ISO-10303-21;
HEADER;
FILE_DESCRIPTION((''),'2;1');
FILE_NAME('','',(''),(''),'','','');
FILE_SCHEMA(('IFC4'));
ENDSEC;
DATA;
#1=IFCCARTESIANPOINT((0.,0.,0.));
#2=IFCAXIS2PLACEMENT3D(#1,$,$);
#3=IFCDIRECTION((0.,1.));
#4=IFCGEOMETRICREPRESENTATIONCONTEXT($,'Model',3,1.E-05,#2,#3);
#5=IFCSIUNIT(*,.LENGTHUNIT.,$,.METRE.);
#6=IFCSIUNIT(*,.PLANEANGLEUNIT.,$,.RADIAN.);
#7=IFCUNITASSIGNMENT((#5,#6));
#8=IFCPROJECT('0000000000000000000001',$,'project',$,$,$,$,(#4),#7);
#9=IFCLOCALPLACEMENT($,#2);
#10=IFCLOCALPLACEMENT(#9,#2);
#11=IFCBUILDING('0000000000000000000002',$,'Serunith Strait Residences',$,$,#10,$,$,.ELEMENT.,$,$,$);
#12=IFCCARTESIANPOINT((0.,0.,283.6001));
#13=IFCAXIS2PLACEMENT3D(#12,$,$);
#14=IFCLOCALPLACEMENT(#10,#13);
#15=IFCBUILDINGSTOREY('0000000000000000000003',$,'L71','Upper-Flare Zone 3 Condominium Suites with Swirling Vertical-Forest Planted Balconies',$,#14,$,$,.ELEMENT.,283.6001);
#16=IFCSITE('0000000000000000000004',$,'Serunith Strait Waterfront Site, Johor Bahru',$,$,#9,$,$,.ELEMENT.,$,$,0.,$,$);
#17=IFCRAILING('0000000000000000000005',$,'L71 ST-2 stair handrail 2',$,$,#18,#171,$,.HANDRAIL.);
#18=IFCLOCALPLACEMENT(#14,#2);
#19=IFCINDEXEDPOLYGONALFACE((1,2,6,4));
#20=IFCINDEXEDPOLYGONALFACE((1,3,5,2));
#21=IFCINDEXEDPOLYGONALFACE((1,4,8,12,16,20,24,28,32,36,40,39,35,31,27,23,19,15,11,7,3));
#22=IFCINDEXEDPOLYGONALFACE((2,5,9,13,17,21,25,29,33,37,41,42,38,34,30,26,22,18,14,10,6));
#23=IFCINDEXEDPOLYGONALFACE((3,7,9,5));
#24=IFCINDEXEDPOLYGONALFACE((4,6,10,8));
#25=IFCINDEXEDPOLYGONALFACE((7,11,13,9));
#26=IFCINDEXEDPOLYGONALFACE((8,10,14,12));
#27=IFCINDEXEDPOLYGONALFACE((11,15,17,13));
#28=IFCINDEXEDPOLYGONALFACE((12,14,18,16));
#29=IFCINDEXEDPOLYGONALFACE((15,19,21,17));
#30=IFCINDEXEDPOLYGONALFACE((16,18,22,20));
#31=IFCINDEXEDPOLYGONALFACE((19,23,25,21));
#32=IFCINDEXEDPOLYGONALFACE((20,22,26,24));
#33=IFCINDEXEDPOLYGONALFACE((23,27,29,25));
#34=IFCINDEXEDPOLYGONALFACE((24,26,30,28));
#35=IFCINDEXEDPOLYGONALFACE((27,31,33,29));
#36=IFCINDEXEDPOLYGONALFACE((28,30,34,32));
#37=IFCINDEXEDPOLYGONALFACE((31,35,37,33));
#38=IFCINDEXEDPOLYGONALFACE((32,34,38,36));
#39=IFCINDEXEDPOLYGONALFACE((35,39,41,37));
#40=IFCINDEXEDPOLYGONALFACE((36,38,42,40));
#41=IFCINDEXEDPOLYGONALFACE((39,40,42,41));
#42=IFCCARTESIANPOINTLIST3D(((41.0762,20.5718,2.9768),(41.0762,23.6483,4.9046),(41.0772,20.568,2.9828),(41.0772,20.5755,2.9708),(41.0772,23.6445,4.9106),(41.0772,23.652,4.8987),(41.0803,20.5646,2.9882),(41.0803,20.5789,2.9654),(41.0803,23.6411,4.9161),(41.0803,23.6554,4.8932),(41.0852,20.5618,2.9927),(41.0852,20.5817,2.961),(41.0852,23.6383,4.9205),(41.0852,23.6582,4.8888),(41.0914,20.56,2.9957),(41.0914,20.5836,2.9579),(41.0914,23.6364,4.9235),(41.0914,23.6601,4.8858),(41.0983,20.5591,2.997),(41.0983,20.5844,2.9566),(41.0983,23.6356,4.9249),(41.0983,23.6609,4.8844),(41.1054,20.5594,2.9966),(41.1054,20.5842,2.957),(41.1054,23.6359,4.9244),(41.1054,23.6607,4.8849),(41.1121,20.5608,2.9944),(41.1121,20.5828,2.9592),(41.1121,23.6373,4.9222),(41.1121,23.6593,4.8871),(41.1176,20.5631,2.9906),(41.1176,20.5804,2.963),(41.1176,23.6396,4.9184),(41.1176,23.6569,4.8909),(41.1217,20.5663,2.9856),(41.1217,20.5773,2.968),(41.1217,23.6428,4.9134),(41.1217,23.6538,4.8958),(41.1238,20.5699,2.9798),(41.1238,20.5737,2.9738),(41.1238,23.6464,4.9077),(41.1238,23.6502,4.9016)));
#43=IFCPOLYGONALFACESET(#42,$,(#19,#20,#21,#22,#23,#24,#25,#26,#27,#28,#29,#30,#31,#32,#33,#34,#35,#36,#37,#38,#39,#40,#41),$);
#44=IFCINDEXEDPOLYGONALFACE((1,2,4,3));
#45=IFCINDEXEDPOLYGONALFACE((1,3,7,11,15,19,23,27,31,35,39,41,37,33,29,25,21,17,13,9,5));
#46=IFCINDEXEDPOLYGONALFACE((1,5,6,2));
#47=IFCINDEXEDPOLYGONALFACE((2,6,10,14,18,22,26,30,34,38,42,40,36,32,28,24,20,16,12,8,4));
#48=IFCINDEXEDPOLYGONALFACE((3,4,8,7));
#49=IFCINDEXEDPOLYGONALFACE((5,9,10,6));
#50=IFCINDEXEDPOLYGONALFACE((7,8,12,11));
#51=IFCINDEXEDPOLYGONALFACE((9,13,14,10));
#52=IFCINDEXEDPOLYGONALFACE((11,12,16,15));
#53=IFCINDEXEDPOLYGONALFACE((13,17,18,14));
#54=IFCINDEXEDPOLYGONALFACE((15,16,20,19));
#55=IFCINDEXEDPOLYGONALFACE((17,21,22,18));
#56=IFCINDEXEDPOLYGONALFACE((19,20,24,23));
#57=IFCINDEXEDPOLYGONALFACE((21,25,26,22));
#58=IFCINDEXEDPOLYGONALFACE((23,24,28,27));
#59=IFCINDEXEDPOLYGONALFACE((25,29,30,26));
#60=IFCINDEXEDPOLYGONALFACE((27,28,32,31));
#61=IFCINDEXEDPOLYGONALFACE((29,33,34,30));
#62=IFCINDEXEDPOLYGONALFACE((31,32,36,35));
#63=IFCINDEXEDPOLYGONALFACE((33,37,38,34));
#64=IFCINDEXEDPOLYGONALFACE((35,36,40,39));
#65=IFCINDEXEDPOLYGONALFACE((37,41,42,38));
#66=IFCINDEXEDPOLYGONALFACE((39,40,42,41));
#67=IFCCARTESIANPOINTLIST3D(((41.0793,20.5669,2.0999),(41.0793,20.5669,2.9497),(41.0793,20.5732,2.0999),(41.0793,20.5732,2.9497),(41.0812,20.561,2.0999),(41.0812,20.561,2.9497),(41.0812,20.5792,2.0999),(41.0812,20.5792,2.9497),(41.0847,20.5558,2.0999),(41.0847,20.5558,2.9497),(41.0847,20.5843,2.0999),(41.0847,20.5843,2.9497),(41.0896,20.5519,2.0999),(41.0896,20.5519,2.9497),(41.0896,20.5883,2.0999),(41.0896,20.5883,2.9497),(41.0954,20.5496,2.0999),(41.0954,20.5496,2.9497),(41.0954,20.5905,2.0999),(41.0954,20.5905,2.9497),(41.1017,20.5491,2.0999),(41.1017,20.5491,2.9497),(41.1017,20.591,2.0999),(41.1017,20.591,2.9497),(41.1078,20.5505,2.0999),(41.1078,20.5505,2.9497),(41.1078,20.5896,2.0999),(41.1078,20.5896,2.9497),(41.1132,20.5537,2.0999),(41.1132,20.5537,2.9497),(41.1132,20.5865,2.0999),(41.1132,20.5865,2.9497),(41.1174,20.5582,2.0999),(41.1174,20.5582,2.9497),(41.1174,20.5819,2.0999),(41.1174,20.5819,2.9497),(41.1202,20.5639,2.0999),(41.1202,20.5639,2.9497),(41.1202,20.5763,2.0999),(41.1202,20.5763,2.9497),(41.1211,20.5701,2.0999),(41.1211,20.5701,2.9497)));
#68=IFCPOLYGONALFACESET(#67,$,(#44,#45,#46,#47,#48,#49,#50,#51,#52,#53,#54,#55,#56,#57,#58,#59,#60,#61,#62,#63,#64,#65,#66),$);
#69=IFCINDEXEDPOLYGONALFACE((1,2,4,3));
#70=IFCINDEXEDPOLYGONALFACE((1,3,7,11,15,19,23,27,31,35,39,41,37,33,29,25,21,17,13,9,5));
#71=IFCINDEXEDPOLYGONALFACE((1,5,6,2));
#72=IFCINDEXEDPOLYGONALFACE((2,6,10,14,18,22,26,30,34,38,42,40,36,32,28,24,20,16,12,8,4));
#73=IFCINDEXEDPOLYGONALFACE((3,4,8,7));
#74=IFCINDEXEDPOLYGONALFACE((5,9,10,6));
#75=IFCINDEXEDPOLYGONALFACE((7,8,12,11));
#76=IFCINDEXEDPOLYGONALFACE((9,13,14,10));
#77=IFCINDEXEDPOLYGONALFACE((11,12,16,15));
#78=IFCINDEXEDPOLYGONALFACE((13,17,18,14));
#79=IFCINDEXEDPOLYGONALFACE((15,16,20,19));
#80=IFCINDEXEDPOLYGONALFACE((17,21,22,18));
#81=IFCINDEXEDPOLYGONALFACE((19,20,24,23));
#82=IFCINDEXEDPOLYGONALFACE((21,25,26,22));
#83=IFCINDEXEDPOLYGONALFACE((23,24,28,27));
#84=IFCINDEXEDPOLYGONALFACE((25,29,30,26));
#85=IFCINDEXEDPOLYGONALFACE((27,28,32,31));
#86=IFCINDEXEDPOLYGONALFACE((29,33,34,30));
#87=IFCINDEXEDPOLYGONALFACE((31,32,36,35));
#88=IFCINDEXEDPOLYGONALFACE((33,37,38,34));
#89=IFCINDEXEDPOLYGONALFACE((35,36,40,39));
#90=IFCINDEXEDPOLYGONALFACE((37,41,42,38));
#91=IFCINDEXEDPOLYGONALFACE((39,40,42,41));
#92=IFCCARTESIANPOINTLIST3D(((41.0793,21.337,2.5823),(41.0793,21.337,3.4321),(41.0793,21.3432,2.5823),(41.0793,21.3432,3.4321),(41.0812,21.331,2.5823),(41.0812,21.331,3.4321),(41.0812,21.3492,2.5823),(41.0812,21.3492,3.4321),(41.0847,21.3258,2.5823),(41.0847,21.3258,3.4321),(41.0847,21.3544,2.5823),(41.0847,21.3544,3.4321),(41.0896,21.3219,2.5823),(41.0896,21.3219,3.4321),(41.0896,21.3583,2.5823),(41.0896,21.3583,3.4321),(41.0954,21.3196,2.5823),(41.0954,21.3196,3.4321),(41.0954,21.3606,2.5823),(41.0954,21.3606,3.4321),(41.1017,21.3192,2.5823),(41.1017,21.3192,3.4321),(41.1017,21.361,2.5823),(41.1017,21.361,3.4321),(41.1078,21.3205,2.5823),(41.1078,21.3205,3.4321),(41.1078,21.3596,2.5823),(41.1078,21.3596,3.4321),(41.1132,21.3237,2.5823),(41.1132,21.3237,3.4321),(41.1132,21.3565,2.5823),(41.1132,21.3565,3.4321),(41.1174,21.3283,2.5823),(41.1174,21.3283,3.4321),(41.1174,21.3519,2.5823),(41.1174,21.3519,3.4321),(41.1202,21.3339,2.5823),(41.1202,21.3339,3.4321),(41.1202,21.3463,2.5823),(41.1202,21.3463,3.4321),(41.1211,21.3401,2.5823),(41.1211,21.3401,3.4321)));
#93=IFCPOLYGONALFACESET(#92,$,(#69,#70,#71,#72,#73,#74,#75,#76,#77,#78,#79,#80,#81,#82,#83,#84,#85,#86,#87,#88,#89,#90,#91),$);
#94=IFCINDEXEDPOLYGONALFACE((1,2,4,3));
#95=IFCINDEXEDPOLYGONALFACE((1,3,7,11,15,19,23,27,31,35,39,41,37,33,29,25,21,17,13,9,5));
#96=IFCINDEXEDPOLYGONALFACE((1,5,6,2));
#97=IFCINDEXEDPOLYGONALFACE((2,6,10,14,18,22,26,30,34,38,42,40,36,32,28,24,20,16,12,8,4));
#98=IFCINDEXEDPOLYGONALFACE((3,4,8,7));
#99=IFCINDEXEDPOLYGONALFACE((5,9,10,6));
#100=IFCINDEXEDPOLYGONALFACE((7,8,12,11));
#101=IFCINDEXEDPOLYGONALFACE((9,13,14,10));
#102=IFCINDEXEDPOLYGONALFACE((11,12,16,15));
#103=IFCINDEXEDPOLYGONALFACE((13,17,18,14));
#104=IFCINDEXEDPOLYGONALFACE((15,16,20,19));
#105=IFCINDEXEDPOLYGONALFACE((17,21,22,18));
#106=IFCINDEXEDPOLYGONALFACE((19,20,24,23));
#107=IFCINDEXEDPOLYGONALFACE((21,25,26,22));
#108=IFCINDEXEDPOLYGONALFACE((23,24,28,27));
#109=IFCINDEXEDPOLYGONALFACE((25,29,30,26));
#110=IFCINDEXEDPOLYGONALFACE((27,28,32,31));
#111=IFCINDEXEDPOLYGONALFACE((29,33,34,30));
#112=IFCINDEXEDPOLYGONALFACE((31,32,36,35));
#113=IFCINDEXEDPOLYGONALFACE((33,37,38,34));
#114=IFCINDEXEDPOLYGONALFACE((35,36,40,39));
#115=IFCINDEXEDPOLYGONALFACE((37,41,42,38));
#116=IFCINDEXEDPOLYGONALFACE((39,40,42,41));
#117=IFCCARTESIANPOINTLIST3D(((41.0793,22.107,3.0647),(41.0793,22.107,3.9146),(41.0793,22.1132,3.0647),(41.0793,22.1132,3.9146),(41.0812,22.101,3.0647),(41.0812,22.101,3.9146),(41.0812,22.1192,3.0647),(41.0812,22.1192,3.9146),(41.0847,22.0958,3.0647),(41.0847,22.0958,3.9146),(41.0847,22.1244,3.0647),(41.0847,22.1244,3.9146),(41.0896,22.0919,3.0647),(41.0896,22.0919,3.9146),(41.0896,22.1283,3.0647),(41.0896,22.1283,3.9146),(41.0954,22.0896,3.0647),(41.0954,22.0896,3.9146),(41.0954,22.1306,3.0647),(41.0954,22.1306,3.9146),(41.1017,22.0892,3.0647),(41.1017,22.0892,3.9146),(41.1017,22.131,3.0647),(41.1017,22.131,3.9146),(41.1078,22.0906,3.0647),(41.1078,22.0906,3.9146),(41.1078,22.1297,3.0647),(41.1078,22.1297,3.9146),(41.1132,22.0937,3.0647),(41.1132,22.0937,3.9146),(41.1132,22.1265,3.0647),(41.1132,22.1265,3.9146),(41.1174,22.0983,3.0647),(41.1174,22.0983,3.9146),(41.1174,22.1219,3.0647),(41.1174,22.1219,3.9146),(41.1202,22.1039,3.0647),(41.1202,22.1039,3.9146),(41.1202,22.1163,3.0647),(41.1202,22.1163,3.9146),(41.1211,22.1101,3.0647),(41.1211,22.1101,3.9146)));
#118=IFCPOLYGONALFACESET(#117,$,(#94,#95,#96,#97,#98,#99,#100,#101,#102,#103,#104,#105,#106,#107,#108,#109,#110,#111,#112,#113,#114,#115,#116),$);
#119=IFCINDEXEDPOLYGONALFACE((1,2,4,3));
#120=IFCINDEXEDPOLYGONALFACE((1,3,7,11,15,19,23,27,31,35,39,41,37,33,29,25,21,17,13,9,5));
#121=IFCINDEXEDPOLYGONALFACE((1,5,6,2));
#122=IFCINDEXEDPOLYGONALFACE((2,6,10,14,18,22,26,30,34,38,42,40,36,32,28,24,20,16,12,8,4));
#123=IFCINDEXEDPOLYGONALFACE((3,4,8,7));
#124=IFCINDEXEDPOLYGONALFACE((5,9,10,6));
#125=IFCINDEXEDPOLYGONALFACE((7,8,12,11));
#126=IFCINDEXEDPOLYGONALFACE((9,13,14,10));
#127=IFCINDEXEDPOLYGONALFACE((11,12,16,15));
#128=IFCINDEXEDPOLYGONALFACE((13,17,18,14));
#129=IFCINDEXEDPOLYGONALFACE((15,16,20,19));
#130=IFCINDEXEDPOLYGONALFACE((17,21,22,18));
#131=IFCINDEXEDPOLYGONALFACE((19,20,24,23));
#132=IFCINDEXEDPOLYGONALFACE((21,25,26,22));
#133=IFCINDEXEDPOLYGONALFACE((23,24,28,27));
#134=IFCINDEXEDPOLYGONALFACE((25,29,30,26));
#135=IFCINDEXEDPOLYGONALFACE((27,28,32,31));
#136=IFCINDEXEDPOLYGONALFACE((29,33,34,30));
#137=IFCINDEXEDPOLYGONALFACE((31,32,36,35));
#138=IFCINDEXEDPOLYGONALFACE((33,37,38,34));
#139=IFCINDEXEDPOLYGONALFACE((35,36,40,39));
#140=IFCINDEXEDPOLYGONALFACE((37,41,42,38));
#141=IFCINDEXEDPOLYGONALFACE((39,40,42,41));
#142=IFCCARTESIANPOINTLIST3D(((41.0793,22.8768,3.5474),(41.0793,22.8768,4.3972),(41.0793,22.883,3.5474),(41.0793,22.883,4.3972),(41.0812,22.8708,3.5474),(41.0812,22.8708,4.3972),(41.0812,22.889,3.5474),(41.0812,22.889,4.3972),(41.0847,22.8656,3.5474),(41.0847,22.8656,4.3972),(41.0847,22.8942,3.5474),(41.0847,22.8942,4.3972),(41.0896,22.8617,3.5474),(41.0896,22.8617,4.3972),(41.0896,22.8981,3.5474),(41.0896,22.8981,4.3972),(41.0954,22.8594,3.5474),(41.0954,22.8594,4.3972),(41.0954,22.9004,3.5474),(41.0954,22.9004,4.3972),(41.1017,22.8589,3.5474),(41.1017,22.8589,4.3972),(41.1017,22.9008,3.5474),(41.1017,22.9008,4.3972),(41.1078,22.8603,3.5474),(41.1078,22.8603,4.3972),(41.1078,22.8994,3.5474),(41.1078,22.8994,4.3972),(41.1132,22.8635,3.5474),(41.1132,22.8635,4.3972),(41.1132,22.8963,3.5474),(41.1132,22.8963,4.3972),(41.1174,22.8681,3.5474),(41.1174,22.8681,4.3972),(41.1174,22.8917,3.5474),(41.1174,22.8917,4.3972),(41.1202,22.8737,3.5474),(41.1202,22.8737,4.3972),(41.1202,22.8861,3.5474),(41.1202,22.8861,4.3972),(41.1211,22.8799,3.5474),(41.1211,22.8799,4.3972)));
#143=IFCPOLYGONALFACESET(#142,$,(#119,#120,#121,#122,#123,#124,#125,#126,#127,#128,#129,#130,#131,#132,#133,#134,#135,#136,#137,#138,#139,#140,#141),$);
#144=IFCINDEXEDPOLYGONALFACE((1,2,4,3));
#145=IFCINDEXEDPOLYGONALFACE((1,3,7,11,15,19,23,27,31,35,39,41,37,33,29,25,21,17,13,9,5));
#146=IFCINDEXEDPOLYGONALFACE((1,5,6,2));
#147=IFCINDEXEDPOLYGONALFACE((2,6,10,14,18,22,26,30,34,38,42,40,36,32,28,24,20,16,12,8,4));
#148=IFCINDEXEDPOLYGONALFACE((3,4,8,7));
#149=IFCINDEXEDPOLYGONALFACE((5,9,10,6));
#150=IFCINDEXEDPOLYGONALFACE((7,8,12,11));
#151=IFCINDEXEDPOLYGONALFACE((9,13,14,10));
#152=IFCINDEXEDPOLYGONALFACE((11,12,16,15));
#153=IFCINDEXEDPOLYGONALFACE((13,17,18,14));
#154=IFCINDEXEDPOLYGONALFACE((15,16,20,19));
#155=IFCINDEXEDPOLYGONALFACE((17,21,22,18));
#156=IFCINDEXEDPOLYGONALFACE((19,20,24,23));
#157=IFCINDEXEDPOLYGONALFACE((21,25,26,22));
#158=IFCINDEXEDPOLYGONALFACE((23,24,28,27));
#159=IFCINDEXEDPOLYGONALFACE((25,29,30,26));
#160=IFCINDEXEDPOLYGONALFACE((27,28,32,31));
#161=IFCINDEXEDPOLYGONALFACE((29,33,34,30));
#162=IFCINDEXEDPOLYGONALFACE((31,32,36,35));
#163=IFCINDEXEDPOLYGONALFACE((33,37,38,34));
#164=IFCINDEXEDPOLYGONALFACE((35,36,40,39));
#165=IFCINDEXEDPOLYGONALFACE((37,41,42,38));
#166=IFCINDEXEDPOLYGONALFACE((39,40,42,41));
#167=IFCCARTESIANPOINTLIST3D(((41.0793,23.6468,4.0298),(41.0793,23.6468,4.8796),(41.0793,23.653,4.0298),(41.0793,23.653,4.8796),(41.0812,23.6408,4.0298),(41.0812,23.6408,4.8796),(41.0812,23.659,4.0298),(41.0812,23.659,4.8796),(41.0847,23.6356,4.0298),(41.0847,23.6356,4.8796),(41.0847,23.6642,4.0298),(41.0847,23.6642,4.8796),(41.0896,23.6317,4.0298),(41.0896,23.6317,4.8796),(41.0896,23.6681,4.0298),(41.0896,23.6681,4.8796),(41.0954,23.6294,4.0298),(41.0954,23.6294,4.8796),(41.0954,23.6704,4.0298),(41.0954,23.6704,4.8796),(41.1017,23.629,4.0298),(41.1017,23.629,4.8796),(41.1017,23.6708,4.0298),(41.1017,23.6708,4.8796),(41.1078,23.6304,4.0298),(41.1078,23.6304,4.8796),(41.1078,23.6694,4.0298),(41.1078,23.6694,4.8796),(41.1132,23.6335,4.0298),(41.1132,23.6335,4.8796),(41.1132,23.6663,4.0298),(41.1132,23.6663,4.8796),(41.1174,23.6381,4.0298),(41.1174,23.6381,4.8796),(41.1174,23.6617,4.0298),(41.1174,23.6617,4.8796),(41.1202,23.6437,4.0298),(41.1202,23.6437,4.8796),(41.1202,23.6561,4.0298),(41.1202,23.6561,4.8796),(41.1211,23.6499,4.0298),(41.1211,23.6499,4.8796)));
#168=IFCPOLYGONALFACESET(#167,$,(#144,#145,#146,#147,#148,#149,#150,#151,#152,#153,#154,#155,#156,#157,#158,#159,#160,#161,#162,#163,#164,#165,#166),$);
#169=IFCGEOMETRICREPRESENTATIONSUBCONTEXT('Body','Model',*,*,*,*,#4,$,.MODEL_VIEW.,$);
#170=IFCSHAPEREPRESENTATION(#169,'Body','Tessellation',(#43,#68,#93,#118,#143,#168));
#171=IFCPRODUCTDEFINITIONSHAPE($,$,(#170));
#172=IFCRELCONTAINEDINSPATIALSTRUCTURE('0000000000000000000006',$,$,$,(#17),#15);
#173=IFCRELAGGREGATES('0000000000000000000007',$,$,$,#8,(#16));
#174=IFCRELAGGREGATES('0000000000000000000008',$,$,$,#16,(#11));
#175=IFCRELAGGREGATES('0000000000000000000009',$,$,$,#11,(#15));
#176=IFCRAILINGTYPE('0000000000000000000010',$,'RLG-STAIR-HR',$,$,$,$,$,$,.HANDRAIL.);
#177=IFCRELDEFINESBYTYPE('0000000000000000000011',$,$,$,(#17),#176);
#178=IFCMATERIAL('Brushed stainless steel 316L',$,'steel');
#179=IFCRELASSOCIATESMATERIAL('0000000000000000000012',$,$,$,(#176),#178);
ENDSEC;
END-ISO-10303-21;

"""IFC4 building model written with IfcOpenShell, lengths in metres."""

from ifc_helpers import new_model, si_unit, direction, frame, origin, origin_2d, place, context, subcontext, project, spatial, circle, extrude, material, type_object, element, save


model = new_model("IFC4")

# Units and contexts
model_context = context("Model", 3, precision=1e-05, world=origin(), true_north=direction((0.0, 1.0)))
body_context = subcontext(model_context, "Body", "Model", "MODEL_VIEW")
ifc_project = project(units=[si_unit("LENGTHUNIT", "METRE"), si_unit("PLANEANGLEUNIT", "RADIAN")], contexts=[model_context])

# Site, building, storey
site_placement = place(None, origin())
site = spatial("IfcSite", under=ifc_project, at=site_placement, Name="Serunith Strait Waterfront Site, Johor Bahru", CompositionType="ELEMENT", RefElevation=0.0)
building_placement = place(site_placement, origin())
building = spatial("IfcBuilding", under=site, at=building_placement, Name="Serunith Strait Residences", CompositionType="ELEMENT")
storey_placement = place(building_placement, frame((0.0, 0.0, 283.6001)))
storey = spatial("IfcBuildingStorey", under=building, at=storey_placement, Name="L71", Description="Upper-Flare Zone 3 Condominium Suites with Swirling Vertical-Forest Planted Balconies", CompositionType="ELEMENT", Elevation=283.6001)

# Railing
ifc_material_1 = material(Name="Brushed stainless steel 316L", Category="steel")
railing_type_1 = type_object("IfcRailingType", Name="RLG-STAIR-HR", PredefinedType="HANDRAIL", material=ifc_material_1)
railing_1_placement = place(storey_placement, frame((41.1001, 20.5701, 2.0999)))
element("IfcRailing", 1, at=railing_1_placement, inside=storey, type_object=railing_type_1, Name="L71 ST-2 stair handrail 2", PredefinedType="HANDRAIL", context=body_context, shape_type="SweptSolid", body=[
    extrude(circle(Radius=0.0239, at=origin_2d()), frame((0.0, 0.0017, 0.877), z_axis=(0.0, 0.847375, 0.530995), x_axis=(-1.0, 0.0, 0.0)), (0.0, 0.0, 1.0), 3.6306),
    extrude(circle(Radius=0.021, at=origin_2d()), origin(), (0.0, 0.0, 1.0), 0.8499),
    extrude(circle(Radius=0.021, at=origin_2d()), frame((0.0, 0.77, 0.4824)), (0.0, 0.0, 1.0), 0.8499),
    extrude(circle(Radius=0.021, at=origin_2d()), frame((0.0, 1.54, 0.9648)), (0.0, 0.0, 1.0), 0.8499),
    extrude(circle(Radius=0.021, at=origin_2d()), frame((0.0, 2.3098, 1.4475)), (0.0, 0.0, 1.0), 0.8499),
    extrude(circle(Radius=0.021, at=origin_2d()), frame((0.0, 3.0798, 1.9299)), (0.0, 0.0, 1.0), 0.8499),
])

save(model, "model.ifc")
